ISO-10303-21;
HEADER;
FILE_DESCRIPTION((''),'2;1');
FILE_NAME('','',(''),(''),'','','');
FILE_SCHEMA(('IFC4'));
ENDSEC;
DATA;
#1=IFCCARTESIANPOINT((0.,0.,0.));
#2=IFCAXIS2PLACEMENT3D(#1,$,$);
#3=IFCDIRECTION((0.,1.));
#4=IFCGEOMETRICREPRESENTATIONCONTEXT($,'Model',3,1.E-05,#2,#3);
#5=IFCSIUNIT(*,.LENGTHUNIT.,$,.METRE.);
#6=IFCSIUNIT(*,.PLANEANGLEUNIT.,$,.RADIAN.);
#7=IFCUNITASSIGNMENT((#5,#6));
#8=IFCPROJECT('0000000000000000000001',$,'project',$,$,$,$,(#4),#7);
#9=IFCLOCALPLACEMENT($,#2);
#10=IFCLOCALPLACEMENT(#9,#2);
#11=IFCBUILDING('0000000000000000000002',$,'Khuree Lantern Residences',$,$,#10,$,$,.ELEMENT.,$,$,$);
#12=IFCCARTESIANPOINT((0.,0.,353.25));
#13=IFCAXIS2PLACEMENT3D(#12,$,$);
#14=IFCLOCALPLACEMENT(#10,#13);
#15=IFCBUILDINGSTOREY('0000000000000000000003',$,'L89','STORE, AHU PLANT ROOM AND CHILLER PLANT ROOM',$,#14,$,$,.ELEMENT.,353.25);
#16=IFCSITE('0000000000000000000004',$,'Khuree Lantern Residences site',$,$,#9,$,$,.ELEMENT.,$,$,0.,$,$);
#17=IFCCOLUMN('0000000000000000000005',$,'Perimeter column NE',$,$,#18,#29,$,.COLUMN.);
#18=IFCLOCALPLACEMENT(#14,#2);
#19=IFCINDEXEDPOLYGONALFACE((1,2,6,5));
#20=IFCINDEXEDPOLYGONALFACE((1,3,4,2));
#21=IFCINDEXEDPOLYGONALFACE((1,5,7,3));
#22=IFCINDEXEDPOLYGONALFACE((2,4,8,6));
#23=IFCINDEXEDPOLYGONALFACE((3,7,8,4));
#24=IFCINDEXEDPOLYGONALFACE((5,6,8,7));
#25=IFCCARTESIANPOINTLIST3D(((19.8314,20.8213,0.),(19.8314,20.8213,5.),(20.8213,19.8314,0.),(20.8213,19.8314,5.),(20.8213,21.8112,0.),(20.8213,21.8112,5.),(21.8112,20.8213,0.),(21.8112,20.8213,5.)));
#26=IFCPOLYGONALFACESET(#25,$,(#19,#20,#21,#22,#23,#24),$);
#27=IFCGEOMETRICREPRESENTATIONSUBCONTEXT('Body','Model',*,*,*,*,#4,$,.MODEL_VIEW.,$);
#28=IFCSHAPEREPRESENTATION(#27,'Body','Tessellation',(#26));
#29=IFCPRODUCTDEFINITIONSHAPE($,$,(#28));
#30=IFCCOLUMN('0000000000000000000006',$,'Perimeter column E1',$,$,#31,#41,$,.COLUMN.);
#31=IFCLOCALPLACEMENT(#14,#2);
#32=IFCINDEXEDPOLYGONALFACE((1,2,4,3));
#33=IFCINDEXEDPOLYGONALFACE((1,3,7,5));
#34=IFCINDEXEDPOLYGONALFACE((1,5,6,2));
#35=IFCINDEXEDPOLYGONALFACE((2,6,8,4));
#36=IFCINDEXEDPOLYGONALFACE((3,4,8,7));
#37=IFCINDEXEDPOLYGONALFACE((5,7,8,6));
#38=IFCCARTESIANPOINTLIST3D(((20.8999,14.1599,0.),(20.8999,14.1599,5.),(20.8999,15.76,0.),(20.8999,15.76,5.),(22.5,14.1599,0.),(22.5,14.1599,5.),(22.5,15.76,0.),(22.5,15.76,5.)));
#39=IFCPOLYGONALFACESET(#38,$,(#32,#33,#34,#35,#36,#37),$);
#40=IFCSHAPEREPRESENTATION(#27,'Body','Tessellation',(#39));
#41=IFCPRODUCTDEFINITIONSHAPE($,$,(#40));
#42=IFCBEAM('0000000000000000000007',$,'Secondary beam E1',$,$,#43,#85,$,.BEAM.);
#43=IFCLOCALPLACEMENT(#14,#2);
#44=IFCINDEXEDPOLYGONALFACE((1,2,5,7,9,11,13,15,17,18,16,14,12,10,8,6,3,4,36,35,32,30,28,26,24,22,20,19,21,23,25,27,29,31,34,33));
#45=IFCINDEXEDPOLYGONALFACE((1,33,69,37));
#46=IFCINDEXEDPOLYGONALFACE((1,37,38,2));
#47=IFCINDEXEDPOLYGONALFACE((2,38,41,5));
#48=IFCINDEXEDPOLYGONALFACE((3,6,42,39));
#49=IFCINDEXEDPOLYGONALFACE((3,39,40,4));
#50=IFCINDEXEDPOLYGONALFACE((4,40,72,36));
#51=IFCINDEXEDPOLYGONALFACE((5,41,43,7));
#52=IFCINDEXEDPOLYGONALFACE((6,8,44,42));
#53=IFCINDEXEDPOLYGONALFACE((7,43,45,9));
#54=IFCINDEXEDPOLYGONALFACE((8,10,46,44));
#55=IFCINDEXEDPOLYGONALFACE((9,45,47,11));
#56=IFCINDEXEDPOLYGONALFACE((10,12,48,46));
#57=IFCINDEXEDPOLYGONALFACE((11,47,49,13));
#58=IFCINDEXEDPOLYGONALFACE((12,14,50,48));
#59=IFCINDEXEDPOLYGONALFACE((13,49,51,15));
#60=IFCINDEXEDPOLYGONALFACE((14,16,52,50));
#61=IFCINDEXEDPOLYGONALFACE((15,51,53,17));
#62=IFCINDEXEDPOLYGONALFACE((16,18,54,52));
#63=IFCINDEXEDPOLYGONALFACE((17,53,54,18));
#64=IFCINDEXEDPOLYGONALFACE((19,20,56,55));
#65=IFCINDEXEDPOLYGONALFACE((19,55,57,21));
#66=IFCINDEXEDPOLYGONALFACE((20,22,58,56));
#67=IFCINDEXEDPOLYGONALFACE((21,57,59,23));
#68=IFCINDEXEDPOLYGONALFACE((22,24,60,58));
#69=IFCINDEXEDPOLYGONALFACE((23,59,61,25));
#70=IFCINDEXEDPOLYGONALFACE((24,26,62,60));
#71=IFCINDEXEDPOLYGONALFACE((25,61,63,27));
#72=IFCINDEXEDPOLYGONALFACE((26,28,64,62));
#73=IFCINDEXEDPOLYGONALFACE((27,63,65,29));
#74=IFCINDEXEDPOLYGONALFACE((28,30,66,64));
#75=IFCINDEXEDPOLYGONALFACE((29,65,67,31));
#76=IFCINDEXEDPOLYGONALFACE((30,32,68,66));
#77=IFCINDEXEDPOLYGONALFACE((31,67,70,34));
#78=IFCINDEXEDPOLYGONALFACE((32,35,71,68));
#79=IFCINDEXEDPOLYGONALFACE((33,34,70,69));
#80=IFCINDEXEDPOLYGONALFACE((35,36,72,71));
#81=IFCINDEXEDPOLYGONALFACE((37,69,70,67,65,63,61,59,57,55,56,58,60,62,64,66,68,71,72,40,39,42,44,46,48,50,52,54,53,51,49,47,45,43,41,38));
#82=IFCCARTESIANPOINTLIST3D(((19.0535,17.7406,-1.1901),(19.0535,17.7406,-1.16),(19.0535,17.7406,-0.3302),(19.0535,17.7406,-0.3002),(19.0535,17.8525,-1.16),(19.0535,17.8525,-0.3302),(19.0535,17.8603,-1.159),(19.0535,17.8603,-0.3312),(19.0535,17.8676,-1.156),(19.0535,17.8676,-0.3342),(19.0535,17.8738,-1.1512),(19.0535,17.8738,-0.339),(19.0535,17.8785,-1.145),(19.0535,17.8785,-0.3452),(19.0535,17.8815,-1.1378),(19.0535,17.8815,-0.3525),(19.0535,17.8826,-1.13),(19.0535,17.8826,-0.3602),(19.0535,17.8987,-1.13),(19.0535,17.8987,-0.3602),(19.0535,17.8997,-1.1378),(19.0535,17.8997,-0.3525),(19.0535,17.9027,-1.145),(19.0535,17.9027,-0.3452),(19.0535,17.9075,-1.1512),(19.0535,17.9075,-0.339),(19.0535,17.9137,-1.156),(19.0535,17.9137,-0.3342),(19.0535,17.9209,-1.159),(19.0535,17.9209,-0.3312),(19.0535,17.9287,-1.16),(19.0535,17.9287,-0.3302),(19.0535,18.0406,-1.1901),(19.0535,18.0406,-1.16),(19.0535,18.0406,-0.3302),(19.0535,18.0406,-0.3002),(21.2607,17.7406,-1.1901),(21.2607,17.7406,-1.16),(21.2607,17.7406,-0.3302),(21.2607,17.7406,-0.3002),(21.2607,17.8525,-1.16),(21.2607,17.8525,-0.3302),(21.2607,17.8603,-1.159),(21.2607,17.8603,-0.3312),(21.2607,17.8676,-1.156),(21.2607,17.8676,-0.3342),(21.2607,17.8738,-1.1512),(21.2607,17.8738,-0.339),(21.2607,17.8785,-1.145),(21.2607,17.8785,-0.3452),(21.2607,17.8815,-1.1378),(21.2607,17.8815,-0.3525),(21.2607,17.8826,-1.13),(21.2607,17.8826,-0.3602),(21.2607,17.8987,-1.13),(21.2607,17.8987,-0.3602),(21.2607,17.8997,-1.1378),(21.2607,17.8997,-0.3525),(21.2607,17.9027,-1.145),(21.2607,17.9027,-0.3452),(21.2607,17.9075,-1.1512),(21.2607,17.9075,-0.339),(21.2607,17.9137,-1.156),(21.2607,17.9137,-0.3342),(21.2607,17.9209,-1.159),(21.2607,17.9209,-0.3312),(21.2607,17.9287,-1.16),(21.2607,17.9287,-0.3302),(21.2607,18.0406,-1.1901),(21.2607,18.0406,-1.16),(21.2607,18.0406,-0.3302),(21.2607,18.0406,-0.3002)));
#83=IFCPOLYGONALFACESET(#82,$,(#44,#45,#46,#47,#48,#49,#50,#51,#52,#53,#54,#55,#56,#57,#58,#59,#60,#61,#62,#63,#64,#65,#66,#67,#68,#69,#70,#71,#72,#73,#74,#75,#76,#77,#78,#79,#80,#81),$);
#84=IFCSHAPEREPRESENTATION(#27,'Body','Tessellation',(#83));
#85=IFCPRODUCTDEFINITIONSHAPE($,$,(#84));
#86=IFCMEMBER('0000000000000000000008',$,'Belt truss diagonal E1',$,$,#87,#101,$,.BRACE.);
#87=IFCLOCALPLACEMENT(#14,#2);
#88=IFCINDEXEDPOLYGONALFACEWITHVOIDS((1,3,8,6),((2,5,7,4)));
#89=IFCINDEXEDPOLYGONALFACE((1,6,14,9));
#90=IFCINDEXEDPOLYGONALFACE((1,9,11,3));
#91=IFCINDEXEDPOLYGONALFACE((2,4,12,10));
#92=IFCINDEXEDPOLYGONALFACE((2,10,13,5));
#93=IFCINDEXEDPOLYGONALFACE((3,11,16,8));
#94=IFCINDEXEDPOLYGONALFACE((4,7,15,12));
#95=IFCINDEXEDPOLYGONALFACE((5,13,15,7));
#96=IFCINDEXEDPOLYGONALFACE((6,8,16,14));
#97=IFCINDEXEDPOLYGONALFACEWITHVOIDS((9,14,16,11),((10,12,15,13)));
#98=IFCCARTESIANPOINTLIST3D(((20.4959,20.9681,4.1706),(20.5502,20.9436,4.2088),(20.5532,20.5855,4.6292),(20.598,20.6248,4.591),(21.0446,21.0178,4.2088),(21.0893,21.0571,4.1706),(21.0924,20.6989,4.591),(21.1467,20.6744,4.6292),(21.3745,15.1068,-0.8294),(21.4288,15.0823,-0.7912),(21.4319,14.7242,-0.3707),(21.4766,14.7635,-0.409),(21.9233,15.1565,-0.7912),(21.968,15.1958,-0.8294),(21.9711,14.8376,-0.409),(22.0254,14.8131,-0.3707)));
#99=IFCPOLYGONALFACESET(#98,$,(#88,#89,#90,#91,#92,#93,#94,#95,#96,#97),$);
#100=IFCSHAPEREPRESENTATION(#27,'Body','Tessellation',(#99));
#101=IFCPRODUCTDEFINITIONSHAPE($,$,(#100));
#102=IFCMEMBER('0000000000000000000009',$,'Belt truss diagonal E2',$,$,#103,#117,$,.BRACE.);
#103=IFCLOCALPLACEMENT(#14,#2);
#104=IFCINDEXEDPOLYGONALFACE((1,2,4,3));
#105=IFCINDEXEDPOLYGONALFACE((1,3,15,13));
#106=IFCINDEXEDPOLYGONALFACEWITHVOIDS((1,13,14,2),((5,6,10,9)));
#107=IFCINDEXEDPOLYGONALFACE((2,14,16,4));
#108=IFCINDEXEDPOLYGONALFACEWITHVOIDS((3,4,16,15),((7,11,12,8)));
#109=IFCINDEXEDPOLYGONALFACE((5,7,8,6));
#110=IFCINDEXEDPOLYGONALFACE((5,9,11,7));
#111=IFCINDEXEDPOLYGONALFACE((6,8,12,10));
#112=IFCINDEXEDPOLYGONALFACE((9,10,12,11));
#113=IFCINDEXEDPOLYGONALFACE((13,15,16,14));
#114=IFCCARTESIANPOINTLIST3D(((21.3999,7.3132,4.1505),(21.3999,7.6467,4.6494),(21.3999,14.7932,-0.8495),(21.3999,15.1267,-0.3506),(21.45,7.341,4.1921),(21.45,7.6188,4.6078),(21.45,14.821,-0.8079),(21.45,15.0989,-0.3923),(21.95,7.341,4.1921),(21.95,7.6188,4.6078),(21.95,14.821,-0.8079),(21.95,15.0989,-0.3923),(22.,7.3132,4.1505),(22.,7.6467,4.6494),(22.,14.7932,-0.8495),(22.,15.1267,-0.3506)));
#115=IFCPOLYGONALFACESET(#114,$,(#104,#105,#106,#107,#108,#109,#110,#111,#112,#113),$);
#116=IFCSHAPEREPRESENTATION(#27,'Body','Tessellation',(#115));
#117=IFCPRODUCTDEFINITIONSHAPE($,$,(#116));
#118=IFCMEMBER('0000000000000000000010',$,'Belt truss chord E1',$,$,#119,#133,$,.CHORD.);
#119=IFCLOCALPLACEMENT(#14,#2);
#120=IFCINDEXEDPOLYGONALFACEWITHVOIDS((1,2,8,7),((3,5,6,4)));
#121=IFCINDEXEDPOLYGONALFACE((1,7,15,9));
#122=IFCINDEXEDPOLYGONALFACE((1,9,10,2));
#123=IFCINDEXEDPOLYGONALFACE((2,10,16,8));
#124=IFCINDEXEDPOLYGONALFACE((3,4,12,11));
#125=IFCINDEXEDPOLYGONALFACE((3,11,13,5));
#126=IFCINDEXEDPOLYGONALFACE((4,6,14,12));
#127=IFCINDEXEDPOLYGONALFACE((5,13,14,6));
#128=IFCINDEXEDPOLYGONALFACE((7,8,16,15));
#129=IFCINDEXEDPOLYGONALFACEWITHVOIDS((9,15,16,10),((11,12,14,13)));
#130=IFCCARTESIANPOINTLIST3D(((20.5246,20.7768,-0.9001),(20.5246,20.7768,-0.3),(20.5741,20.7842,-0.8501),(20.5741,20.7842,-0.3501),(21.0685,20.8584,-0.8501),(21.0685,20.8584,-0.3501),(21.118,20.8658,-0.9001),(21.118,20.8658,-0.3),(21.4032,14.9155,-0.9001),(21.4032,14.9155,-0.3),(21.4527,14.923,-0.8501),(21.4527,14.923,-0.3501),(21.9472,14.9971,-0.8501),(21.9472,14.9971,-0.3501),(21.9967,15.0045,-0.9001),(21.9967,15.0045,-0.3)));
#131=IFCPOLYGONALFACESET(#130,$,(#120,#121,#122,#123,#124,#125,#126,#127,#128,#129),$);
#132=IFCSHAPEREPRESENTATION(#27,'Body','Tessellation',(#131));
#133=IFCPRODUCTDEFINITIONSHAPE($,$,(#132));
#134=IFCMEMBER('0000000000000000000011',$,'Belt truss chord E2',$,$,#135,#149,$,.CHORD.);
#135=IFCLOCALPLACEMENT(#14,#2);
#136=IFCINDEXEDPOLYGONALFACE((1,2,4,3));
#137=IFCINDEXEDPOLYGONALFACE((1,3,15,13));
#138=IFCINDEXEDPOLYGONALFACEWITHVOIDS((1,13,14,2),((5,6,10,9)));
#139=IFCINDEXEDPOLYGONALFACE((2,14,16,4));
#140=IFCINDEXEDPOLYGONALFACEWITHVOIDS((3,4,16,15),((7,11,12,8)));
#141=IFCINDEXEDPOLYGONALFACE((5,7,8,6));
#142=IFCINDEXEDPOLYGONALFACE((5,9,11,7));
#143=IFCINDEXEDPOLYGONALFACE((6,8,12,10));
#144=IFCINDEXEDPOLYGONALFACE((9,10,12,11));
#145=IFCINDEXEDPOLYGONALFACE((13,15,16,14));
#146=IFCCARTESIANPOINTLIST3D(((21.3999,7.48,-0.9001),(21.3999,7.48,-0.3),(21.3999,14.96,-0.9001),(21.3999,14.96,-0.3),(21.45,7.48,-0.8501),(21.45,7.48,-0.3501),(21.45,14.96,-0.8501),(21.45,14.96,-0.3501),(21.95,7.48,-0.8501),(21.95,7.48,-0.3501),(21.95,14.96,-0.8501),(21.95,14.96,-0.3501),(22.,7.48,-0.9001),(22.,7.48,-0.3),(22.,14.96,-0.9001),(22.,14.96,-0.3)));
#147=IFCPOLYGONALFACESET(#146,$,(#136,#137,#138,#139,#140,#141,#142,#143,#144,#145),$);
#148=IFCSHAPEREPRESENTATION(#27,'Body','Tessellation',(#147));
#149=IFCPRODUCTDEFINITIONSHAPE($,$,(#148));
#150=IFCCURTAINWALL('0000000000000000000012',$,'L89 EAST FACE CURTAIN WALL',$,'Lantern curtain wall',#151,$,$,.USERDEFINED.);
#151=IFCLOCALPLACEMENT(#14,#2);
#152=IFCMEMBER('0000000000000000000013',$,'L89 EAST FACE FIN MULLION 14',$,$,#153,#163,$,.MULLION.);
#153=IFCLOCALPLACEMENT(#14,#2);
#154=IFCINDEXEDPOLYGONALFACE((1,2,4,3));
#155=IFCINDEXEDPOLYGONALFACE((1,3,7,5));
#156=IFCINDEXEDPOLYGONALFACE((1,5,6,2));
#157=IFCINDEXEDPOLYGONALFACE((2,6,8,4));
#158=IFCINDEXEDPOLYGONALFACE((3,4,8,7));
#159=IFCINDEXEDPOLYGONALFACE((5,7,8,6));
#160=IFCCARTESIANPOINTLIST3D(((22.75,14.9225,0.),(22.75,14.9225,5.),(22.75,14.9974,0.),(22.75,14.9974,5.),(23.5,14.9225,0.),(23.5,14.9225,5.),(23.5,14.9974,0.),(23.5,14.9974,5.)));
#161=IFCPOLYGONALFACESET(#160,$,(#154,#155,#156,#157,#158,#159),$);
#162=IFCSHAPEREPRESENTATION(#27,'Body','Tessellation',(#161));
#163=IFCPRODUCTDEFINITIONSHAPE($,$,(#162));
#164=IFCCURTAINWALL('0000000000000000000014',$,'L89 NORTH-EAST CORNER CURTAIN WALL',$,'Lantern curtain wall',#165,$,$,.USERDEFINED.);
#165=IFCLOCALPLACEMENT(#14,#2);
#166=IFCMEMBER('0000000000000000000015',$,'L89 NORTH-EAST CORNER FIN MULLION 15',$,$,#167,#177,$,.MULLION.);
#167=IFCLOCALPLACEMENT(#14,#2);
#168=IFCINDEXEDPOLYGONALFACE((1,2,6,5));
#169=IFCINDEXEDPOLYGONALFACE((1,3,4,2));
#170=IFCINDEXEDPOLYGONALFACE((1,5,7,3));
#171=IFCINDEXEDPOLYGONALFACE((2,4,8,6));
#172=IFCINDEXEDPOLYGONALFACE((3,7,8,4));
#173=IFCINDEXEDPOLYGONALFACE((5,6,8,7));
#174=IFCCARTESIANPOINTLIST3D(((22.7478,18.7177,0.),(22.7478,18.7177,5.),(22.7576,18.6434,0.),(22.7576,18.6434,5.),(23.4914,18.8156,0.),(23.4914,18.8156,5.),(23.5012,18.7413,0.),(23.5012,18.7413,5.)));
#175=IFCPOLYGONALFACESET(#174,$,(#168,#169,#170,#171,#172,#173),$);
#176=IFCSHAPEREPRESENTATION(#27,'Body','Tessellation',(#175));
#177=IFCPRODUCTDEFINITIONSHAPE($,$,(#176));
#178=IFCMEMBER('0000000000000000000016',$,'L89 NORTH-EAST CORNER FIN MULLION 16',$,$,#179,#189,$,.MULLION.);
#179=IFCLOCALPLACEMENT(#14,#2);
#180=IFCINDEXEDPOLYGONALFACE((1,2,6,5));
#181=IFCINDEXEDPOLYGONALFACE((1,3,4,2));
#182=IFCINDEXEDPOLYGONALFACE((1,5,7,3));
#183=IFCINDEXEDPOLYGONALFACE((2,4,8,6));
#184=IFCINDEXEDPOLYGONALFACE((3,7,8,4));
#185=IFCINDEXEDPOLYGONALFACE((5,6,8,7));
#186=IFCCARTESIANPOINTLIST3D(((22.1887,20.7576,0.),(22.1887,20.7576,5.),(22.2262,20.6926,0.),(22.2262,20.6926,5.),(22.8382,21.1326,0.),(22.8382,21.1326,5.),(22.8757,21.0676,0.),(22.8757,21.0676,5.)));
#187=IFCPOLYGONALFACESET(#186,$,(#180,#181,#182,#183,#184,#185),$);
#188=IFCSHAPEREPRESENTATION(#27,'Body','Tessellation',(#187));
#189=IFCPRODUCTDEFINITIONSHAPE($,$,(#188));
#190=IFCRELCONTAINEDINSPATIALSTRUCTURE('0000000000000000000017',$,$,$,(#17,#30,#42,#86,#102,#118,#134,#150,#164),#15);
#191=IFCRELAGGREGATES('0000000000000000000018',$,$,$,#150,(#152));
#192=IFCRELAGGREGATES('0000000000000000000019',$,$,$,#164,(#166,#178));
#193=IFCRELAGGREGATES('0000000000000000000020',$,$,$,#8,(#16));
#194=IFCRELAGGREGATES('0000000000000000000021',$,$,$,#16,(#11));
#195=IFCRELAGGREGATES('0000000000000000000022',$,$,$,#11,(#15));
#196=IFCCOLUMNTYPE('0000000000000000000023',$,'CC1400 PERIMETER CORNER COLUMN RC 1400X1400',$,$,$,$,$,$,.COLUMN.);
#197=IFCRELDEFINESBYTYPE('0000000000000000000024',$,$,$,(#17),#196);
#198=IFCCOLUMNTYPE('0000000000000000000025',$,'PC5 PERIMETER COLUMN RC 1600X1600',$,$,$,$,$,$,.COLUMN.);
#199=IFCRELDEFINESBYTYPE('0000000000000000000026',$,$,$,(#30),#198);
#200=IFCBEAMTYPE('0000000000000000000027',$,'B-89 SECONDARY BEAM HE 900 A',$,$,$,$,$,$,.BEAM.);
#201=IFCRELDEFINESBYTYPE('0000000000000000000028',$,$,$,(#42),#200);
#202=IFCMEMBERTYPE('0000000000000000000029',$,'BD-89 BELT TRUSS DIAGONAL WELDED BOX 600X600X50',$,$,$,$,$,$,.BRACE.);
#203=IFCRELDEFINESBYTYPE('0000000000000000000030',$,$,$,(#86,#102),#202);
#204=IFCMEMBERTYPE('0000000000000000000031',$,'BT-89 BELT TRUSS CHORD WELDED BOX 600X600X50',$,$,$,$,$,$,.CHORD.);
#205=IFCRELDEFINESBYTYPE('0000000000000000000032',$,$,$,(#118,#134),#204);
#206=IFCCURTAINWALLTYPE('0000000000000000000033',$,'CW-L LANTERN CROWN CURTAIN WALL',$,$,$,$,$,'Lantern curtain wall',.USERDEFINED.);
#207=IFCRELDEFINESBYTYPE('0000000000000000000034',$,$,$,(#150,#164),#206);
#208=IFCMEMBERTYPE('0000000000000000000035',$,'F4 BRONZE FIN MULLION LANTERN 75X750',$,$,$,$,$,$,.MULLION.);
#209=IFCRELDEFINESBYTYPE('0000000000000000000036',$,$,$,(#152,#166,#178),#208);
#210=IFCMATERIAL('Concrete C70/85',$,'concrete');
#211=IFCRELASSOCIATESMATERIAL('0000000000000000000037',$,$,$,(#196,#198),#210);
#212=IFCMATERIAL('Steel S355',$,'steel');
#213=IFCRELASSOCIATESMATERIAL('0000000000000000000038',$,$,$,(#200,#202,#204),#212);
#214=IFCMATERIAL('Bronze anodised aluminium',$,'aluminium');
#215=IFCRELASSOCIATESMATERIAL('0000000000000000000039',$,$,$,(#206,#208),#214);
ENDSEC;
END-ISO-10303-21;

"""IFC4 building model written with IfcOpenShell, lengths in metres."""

from ifc_helpers import new_model, si_unit, direction, frame, origin, origin_2d, place, context, subcontext, project, spatial, rectangle, hollow_rectangle, i_section, extrude, material, material_profile, profile_set, type_object, element, aggregate, save


model = new_model("IFC4")

# Units and contexts
model_context = context("Model", 3, precision=1e-05, world=origin(), true_north=direction((0.0, 1.0)))
body_context = subcontext(model_context, "Body", "Model", "MODEL_VIEW")
ifc_project = project(units=[si_unit("LENGTHUNIT", "METRE"), si_unit("PLANEANGLEUNIT", "RADIAN")], contexts=[model_context])

# Site, building, storey
site_placement = place(None, origin())
site = spatial("IfcSite", under=ifc_project, at=site_placement, Name="Khuree Lantern Residences site", CompositionType="ELEMENT", RefElevation=0.0)
building_placement = place(site_placement, origin())
building = spatial("IfcBuilding", under=site, at=building_placement, Name="Khuree Lantern Residences", CompositionType="ELEMENT")
storey_placement = place(building_placement, frame((0.0, 0.0, 353.25)))
storey = spatial("IfcBuildingStorey", under=building, at=storey_placement, Name="L89", Description="STORE, AHU PLANT ROOM AND CHILLER PLANT ROOM", CompositionType="ELEMENT", Elevation=353.25)

# Columns
ifc_material_1 = material(Name="Concrete C70/85", Category="concrete")
ifc_material_profile_1 = material_profile(ifc_material_1, rectangle(XDim=1.3999, YDim=1.3999, at=origin_2d()), Name="RC 1400X1400")
ifc_profile_set_1 = profile_set([ifc_material_profile_1], Name="Concrete C70/85")
column_type_1 = type_object("IfcColumnType", Name="CC1400 PERIMETER CORNER COLUMN RC 1400X1400", PredefinedType="COLUMN", material=ifc_profile_set_1)
column_1_placement = place(storey_placement, frame((20.8213, 20.8213, 0.0), z_axis=(0.0, 0.0, 1.0), x_axis=(0.707107, -0.707107, 0.0)))
element("IfcColumn", 1, at=column_1_placement, inside=storey, type_object=column_type_1, Name="Perimeter column NE", PredefinedType="COLUMN", context=body_context, shape_type="SweptSolid", body=[
    extrude(rectangle(XDim=1.3999, YDim=1.3999, at=origin_2d()), origin(), (0.0, 0.0, 1.0), 5.0),
])
ifc_material_profile_2 = material_profile(ifc_material_1, rectangle(XDim=1.6001, YDim=1.6001, at=origin_2d()), Name="RC 1600X1600")
ifc_profile_set_2 = profile_set([ifc_material_profile_2], Name="Concrete C70/85")
column_type_2 = type_object("IfcColumnType", Name="PC5 PERIMETER COLUMN RC 1600X1600", PredefinedType="COLUMN", material=ifc_profile_set_2)
column_2_placement = place(storey_placement, frame((21.7, 14.96, 0.0), z_axis=(0.0, 0.0, 1.0), x_axis=(0.0, 1.0, 0.0)))
element("IfcColumn", 2, at=column_2_placement, inside=storey, type_object=column_type_2, Name="Perimeter column E1", PredefinedType="COLUMN", context=body_context, shape_type="SweptSolid", body=[
    extrude(rectangle(XDim=1.6001, YDim=1.6001, at=origin_2d()), origin(), (0.0, 0.0, 1.0), 5.0),
])

# Beam
ifc_material_2 = material(Name="Steel S355", Category="steel")
ifc_material_profile_3 = material_profile(ifc_material_2, i_section(OverallWidth=0.3, OverallDepth=0.8899, WebThickness=0.0161, FlangeThickness=0.03, FilletRadius=0.03, at=origin_2d()), Name="HE 900 A")
ifc_profile_set_3 = profile_set([ifc_material_profile_3], Name="Steel S355")
beam_type_1 = type_object("IfcBeamType", Name="B-89 SECONDARY BEAM HE 900 A", PredefinedType="BEAM", material=ifc_profile_set_3)
beam_1_placement = place(storey_placement, frame((21.2607, 17.8906, -0.7451), z_axis=(-1.0, 0.0, 0.0), x_axis=(0.0, -1.0, 0.0)))
element("IfcBeam", 3, at=beam_1_placement, inside=storey, type_object=beam_type_1, Name="Secondary beam E1", PredefinedType="BEAM", context=body_context, shape_type="SweptSolid", body=[
    extrude(i_section(OverallWidth=0.3, OverallDepth=0.8899, WebThickness=0.0161, FlangeThickness=0.03, FilletRadius=0.03, at=origin_2d()), origin(), (0.0, 0.0, 1.0), 2.2073),
])

# Members
ifc_material_profile_4 = material_profile(ifc_material_2, hollow_rectangle(XDim=0.6001, YDim=0.6001, WallThickness=0.05, at=origin_2d()), Name="WELDED BOX 600X600X50")
ifc_profile_set_4 = profile_set([ifc_material_profile_4], Name="Steel S355")
member_type_1 = type_object("IfcMemberType", Name="BD-89 BELT TRUSS DIAGONAL WELDED BOX 600X600X50", PredefinedType="BRACE", material=ifc_profile_set_4)
member_1_placement = place(storey_placement, frame((20.8213, 20.8213, 4.3999), z_axis=(0.113315, -0.755893, -0.644814), x_axis=(0.98895, 0.148252, 0.0)))
element("IfcMember", 4, at=member_1_placement, inside=storey, type_object=member_type_1, Name="Belt truss diagonal E1", PredefinedType="BRACE", context=body_context, shape_type="SweptSolid", body=[
    extrude(hollow_rectangle(XDim=0.6001, YDim=0.6001, WallThickness=0.05, at=origin_2d()), origin(), (0.0, 0.0, 1.0), 7.7542),
])
member_2_placement = place(storey_placement, frame((21.7, 14.96, -0.6001), z_axis=(0.0, -0.831365, 0.555727), x_axis=(1.0, 0.0, 0.0)))
element("IfcMember", 5, at=member_2_placement, inside=storey, type_object=member_type_1, Name="Belt truss diagonal E2", PredefinedType="BRACE", context=body_context, shape_type="SweptSolid", body=[
    extrude(hollow_rectangle(XDim=0.6001, YDim=0.6001, WallThickness=0.05, at=origin_2d()), origin(), (0.0, 0.0, 1.0), 8.9973),
])
ifc_material_profile_5 = material_profile(ifc_material_2, hollow_rectangle(XDim=0.6001, YDim=0.6001, WallThickness=0.05, at=origin_2d()), Name="WELDED BOX 600X600X50")
ifc_profile_set_5 = profile_set([ifc_material_profile_5], Name="Steel S355")
member_type_2 = type_object("IfcMemberType", Name="BT-89 BELT TRUSS CHORD WELDED BOX 600X600X50", PredefinedType="CHORD", material=ifc_profile_set_5)
member_3_placement = place(storey_placement, frame((20.8213, 20.8213, -0.6001), z_axis=(0.148252, -0.98895, 0.0), x_axis=(0.98895, 0.148252, 0.0)))
element("IfcMember", 6, at=member_3_placement, inside=storey, type_object=member_type_2, Name="Belt truss chord E1", PredefinedType="CHORD", context=body_context, shape_type="SweptSolid", body=[
    extrude(hollow_rectangle(XDim=0.6001, YDim=0.6001, WallThickness=0.05, at=origin_2d()), origin(), (0.0, 0.0, 1.0), 5.9268),
])
member_4_placement = place(storey_placement, frame((21.7, 14.96, -0.6001), z_axis=(0.0, -1.0, 0.0), x_axis=(1.0, 0.0, 0.0)))
element("IfcMember", 7, at=member_4_placement, inside=storey, type_object=member_type_2, Name="Belt truss chord E2", PredefinedType="CHORD", context=body_context, shape_type="SweptSolid", body=[
    extrude(hollow_rectangle(XDim=0.6001, YDim=0.6001, WallThickness=0.05, at=origin_2d()), origin(), (0.0, 0.0, 1.0), 7.48),
])

# Curtain wall, member
ifc_material_3 = material(Name="Bronze anodised aluminium", Category="aluminium")
curtain_wall_type = type_object("IfcCurtainWallType", Name="CW-L LANTERN CROWN CURTAIN WALL", ElementType="Lantern curtain wall", PredefinedType="USERDEFINED", material=ifc_material_3)
curtain_wall_1_placement = place(storey_placement, origin())
curtain_wall_1 = element("IfcCurtainWall", 8, at=curtain_wall_1_placement, inside=storey, type_object=curtain_wall_type, Name="L89 EAST FACE CURTAIN WALL", ObjectType="Lantern curtain wall", PredefinedType="USERDEFINED")
ifc_material_profile_6 = material_profile(ifc_material_3, rectangle(XDim=0.075, YDim=0.75, at=origin_2d()), Name="F4 75X750")
ifc_profile_set_6 = profile_set([ifc_material_profile_6], Name="Bronze anodised aluminium")
member_type_3 = type_object("IfcMemberType", Name="F4 BRONZE FIN MULLION LANTERN 75X750", PredefinedType="MULLION", material=ifc_profile_set_6)
member_5_placement = place(storey_placement, frame((23.125, 14.96, 0.0), z_axis=(0.0, 0.0, 1.0), x_axis=(0.0, 1.0, 0.0)))
member_5 = element("IfcMember", 9, at=member_5_placement, type_object=member_type_3, Name="L89 EAST FACE FIN MULLION 14", PredefinedType="MULLION", context=body_context, shape_type="SweptSolid", body=[
    extrude(rectangle(XDim=0.075, YDim=0.75, at=origin_2d()), origin(), (0.0, 0.0, 1.0), 5.0),
])

# Curtain wall, members
curtain_wall_2_placement = place(storey_placement, origin())
curtain_wall_2 = element("IfcCurtainWall", 10, at=curtain_wall_2_placement, inside=storey, type_object=curtain_wall_type, Name="L89 NORTH-EAST CORNER CURTAIN WALL", ObjectType="Lantern curtain wall", PredefinedType="USERDEFINED")
member_6_placement = place(storey_placement, frame((23.1245, 18.7295, 0.0), z_axis=(0.0, 0.0, 1.0), x_axis=(-0.130526, 0.991445, 0.0)))
member_6 = element("IfcMember", 11, at=member_6_placement, type_object=member_type_3, Name="L89 NORTH-EAST CORNER FIN MULLION 15", PredefinedType="MULLION", context=body_context, shape_type="SweptSolid", body=[
    extrude(rectangle(XDim=0.075, YDim=0.75, at=origin_2d()), origin(), (0.0, 0.0, 1.0), 5.0),
])
member_7_placement = place(storey_placement, frame((22.5322, 20.9126, 0.0), z_axis=(0.0, 0.0, 1.0), x_axis=(-0.5, 0.866025, 0.0)))
member_7 = element("IfcMember", 12, at=member_7_placement, type_object=member_type_3, Name="L89 NORTH-EAST CORNER FIN MULLION 16", PredefinedType="MULLION", context=body_context, shape_type="SweptSolid", body=[
    extrude(rectangle(XDim=0.075, YDim=0.75, at=origin_2d()), origin(), (0.0, 0.0, 1.0), 5.0),
])

aggregate(curtain_wall_1, [member_5])
aggregate(curtain_wall_2, [member_6, member_7])

save(model, "model.ifc")
